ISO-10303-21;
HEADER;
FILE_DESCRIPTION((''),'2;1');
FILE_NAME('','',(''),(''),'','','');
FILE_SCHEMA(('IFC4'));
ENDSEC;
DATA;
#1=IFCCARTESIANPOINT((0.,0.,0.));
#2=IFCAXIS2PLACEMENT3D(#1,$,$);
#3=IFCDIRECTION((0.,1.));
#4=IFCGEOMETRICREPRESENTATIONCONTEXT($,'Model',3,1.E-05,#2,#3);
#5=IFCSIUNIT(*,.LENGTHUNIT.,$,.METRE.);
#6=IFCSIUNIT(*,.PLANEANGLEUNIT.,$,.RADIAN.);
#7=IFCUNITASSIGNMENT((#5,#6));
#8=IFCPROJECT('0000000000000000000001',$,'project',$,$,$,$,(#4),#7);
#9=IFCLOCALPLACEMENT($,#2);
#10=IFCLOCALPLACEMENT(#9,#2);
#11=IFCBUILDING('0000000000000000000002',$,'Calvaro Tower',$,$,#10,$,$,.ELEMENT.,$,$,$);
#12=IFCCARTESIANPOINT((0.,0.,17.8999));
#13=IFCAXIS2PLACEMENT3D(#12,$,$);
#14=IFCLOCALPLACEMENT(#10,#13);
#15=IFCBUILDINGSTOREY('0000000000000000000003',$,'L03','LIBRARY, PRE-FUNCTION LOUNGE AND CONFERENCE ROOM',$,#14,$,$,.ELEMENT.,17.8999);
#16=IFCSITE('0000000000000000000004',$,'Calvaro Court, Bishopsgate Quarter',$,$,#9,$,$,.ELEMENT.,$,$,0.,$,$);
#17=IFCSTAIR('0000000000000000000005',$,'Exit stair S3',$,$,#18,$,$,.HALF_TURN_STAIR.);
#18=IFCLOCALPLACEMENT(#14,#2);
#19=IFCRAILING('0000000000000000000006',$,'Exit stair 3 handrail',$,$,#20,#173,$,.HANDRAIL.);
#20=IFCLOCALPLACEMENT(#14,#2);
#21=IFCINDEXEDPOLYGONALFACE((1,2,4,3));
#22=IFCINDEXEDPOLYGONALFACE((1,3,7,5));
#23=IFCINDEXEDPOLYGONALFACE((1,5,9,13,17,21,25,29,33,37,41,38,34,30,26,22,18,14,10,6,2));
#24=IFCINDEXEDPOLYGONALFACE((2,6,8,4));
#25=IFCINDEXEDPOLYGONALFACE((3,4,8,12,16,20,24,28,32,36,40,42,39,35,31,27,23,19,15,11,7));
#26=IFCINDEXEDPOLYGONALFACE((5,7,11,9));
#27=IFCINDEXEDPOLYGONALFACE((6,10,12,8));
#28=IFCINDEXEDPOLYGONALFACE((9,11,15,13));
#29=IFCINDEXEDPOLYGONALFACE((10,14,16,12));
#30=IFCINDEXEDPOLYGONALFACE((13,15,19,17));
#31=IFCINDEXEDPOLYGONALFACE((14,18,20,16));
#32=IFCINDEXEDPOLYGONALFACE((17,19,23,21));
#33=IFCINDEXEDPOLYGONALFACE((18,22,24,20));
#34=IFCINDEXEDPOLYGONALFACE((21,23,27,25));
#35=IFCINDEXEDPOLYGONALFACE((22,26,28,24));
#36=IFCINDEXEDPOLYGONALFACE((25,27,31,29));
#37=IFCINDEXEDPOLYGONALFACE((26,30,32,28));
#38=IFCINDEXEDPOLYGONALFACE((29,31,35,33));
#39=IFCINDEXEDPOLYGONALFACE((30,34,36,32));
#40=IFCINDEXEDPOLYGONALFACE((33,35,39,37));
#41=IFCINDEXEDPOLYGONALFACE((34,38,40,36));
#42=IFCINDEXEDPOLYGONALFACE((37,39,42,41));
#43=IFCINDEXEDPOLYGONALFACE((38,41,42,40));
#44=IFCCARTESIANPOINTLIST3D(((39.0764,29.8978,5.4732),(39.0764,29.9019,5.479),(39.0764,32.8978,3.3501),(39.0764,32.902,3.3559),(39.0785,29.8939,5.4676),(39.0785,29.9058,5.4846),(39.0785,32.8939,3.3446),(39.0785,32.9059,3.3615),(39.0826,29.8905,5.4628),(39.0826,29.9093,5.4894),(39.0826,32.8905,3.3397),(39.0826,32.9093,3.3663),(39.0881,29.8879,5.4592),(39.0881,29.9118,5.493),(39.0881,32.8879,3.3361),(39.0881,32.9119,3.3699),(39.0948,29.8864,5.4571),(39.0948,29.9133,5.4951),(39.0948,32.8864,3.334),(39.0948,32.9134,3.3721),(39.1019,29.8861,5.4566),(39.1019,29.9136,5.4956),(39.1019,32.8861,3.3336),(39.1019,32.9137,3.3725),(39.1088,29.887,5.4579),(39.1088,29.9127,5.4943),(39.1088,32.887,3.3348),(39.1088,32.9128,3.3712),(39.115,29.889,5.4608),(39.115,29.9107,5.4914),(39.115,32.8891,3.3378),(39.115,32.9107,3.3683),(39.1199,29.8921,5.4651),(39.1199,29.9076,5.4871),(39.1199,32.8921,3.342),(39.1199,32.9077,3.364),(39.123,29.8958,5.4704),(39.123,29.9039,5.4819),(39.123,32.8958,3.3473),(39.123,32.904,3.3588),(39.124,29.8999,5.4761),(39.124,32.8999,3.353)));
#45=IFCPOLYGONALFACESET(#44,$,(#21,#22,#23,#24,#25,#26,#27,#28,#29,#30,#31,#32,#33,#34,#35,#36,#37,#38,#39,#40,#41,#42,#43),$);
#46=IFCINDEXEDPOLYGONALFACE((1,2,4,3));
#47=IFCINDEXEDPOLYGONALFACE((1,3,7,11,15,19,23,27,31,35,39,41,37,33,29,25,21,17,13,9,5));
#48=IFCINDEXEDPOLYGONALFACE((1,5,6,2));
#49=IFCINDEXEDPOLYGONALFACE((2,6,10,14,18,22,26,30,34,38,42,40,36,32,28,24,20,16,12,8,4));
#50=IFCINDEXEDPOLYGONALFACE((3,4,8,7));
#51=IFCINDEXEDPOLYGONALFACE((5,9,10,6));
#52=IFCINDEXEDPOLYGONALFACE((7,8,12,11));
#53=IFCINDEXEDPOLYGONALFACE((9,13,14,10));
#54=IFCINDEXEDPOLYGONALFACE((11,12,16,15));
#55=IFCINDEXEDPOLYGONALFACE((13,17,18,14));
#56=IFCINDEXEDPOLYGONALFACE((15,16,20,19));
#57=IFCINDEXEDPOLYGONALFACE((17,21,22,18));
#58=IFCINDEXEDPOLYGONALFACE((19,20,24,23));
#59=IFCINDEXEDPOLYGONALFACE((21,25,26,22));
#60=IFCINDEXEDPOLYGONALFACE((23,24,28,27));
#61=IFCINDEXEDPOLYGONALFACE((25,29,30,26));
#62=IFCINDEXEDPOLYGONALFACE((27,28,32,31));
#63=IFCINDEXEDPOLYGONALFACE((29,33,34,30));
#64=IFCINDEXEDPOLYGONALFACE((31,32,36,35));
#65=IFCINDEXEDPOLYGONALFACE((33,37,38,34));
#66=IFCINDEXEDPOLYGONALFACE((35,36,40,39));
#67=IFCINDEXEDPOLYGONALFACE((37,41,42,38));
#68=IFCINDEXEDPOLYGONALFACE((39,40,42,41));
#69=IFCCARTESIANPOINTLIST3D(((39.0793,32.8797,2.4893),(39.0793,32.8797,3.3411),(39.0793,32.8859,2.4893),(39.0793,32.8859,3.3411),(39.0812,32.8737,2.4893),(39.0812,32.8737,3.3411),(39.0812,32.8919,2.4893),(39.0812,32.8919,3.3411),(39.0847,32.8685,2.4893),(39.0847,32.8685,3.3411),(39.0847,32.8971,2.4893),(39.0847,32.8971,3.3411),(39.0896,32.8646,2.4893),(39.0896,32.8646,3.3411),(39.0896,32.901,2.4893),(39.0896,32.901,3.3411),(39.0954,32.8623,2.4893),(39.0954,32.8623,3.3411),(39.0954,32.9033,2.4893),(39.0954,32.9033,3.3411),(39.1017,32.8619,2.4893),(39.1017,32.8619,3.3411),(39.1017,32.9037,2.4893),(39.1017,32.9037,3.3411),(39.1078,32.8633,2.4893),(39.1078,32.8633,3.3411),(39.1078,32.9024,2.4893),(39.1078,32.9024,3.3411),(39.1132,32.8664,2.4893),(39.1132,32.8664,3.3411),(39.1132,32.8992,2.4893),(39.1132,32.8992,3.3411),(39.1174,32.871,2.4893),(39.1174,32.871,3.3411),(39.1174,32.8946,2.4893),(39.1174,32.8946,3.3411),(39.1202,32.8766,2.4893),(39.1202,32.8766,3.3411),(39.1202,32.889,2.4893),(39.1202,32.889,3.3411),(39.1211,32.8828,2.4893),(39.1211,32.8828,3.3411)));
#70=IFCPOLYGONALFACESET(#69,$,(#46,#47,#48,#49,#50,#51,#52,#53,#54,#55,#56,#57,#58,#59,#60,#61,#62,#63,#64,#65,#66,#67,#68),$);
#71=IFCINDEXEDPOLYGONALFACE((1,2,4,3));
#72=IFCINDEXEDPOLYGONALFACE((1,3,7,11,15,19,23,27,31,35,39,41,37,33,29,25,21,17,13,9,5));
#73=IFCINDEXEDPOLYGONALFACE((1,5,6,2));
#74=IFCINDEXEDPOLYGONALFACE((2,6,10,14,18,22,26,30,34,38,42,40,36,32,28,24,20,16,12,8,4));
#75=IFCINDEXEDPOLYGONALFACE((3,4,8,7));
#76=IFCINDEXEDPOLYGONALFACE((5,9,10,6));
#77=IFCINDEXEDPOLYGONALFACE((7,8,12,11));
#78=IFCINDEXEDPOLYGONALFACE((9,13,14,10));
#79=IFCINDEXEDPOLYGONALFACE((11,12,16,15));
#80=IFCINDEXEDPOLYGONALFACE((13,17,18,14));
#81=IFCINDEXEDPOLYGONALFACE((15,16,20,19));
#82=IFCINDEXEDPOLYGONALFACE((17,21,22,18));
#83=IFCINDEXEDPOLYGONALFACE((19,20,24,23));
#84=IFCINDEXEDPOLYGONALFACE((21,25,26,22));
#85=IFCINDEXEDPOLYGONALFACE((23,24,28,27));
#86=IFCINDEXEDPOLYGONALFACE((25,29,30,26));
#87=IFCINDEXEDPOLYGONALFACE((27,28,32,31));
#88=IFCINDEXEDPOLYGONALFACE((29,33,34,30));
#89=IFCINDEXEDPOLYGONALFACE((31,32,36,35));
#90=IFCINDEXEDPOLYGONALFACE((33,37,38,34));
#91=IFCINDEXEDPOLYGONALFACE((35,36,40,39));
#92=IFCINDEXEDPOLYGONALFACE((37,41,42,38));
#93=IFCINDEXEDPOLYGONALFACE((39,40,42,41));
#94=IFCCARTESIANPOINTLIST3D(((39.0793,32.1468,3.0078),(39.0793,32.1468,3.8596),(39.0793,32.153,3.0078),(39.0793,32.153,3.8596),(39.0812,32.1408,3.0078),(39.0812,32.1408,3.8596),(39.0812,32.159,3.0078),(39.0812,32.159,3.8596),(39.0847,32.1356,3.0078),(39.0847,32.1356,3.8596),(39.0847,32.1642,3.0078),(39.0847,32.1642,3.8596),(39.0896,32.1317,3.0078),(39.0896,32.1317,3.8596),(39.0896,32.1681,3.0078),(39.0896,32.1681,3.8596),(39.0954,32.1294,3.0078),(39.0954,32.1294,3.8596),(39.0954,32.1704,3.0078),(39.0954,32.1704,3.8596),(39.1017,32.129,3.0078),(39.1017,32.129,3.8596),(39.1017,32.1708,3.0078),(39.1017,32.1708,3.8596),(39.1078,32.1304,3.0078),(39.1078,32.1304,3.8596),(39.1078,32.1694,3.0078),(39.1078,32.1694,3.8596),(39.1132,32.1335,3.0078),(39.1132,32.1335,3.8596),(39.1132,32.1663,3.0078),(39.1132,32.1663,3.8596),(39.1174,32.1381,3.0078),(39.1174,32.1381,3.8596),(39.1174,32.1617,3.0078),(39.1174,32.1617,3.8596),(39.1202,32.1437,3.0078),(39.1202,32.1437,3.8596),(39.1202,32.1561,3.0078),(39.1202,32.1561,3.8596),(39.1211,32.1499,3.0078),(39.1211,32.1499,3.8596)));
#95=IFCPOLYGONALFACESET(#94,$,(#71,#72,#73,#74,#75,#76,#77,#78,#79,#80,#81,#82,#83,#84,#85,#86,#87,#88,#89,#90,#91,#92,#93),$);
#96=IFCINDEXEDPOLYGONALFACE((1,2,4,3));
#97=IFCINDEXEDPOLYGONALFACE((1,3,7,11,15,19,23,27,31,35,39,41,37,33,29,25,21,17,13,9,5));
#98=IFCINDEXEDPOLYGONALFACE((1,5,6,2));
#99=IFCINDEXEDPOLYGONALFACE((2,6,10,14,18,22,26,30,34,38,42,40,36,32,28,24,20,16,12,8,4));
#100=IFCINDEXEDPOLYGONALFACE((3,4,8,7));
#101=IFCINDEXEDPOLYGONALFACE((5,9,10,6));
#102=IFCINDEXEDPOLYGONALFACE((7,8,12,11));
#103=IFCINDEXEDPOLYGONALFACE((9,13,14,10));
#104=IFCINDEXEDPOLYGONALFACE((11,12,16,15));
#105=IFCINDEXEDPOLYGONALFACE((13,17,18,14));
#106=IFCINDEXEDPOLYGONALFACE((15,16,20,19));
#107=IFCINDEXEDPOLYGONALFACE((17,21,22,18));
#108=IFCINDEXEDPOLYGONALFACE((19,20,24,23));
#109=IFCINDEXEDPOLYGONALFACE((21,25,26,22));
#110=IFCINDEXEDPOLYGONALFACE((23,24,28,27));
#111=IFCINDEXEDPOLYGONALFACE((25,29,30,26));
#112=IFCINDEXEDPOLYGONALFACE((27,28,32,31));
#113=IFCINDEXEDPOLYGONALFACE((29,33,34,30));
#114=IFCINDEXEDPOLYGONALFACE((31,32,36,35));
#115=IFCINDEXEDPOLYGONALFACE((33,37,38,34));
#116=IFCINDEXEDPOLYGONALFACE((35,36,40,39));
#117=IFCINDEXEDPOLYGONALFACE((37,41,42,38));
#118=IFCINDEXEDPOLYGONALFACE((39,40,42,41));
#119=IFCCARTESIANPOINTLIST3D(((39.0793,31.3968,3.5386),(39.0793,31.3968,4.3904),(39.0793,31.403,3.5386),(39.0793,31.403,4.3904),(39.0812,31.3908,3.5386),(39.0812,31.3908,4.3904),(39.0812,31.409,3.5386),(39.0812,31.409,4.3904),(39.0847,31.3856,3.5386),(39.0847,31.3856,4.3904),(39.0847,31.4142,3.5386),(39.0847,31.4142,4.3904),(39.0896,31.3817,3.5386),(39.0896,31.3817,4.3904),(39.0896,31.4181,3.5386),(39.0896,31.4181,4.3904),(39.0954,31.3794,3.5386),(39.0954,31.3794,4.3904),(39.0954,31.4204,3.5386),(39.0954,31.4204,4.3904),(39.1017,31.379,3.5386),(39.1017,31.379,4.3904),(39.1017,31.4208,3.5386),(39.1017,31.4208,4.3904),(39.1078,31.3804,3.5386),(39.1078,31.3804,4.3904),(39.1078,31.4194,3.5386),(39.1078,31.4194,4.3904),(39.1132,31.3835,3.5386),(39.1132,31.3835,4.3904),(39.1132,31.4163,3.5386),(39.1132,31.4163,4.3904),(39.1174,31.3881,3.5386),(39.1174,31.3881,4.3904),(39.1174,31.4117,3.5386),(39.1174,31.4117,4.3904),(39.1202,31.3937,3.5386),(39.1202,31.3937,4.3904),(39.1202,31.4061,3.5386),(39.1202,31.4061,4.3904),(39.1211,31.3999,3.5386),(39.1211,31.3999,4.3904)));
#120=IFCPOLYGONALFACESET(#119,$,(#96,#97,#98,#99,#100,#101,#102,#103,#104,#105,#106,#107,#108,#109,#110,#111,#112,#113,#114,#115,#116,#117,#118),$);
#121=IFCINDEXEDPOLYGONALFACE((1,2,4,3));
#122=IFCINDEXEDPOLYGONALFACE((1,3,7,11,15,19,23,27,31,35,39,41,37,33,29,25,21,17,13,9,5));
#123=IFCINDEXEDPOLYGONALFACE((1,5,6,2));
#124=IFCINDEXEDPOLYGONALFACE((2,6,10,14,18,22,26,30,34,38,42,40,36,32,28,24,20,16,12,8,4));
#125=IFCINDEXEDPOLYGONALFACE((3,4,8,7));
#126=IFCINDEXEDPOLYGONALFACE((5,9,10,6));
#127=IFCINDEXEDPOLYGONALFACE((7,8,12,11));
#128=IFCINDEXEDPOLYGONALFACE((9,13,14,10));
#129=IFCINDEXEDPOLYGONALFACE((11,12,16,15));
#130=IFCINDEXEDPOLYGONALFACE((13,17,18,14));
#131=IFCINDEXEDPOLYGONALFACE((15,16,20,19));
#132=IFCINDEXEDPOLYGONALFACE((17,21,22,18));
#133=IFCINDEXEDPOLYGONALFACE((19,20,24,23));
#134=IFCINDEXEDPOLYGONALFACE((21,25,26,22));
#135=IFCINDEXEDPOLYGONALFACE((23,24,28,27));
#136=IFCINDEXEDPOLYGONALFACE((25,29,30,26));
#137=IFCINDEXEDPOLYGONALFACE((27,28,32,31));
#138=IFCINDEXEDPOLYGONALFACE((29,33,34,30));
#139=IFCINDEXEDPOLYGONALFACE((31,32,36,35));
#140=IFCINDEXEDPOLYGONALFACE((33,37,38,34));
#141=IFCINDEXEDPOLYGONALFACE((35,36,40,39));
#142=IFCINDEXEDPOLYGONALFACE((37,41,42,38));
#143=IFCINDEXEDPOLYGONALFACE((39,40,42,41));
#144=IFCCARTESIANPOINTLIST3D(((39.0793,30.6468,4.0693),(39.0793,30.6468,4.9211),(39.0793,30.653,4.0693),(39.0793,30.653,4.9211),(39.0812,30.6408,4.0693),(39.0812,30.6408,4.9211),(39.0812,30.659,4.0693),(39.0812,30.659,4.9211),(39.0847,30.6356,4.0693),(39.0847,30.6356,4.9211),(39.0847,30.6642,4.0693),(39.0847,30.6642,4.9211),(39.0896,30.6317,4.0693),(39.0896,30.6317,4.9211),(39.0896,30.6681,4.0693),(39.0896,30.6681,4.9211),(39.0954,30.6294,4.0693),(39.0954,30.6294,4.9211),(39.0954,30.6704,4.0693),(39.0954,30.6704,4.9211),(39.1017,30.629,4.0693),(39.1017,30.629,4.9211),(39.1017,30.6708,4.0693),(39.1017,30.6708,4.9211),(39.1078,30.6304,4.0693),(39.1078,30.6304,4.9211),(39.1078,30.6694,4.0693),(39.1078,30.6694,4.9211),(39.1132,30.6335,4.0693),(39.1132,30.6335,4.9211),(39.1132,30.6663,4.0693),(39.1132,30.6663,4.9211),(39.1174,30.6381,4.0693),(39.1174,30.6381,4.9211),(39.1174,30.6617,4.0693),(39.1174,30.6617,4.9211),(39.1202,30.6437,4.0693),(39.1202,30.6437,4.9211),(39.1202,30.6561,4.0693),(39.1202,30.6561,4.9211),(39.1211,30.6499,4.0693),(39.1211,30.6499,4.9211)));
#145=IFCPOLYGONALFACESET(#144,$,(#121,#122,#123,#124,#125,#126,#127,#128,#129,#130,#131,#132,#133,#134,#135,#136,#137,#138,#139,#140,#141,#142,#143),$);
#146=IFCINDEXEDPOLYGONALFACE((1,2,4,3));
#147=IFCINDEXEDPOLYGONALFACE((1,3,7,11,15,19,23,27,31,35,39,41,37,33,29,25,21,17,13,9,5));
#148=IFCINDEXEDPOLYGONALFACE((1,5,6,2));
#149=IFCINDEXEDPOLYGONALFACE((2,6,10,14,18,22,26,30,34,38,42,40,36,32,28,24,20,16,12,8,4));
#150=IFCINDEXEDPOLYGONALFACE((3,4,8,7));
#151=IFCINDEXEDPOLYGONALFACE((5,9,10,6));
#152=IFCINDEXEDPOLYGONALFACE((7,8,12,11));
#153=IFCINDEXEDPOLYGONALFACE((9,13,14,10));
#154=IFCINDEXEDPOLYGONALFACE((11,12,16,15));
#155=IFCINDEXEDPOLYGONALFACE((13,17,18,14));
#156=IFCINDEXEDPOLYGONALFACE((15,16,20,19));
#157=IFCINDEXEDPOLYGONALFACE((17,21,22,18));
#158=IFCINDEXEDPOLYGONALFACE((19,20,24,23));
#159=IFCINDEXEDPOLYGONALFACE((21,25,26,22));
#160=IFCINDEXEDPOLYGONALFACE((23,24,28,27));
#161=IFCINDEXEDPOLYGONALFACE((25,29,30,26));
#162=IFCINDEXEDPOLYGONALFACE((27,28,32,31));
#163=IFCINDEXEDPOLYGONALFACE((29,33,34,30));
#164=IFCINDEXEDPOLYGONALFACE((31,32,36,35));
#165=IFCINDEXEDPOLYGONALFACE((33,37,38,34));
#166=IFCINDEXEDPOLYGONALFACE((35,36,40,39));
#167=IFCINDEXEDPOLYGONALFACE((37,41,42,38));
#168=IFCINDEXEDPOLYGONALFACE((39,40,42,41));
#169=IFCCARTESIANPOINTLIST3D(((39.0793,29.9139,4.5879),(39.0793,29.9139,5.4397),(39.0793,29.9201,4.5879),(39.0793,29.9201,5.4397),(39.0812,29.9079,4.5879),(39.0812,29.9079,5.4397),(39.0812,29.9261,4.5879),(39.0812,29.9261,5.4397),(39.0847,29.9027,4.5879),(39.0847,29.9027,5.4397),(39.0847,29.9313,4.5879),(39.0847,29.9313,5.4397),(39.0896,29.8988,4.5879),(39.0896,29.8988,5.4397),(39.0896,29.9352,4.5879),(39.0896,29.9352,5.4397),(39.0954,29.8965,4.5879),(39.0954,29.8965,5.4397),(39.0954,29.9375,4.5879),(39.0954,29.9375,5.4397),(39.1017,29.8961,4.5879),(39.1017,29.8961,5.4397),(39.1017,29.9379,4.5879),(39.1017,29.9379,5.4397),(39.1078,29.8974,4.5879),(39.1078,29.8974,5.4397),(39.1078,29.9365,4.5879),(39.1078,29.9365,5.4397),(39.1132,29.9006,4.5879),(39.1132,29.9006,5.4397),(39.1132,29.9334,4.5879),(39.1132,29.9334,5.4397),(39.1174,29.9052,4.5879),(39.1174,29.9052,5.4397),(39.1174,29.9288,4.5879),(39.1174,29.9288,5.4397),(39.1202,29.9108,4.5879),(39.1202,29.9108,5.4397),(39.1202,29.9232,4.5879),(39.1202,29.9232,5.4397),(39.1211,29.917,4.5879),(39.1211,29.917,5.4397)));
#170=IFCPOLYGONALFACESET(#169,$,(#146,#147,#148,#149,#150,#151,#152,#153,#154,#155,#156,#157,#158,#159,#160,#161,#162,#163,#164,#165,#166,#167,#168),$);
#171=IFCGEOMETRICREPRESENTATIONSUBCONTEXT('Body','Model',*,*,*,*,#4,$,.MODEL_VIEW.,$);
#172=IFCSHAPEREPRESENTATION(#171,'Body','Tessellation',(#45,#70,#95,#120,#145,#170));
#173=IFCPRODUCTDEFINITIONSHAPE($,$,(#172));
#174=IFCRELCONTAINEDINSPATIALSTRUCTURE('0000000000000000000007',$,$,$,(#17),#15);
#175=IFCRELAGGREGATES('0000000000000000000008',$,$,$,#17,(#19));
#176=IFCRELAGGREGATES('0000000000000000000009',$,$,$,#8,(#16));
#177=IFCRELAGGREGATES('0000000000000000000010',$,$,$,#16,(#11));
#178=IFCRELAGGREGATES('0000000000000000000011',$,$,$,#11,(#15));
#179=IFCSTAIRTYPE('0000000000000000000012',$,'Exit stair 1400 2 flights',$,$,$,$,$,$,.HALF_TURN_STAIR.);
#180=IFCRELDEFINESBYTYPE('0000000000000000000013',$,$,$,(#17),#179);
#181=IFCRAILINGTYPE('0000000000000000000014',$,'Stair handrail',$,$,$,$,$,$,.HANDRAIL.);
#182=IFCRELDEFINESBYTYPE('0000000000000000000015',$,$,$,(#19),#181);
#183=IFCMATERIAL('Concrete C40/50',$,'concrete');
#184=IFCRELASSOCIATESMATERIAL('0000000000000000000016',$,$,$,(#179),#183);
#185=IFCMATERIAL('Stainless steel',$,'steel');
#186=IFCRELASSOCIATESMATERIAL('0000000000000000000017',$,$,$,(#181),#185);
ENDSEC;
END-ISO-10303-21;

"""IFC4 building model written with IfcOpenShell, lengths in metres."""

from ifc_helpers import new_model, si_unit, direction, frame, origin, origin_2d, place, context, subcontext, project, spatial, circle, extrude, material, type_object, element, aggregate, save


model = new_model("IFC4")

# Units and contexts
model_context = context("Model", 3, precision=1e-05, world=origin(), true_north=direction((0.0, 1.0)))
body_context = subcontext(model_context, "Body", "Model", "MODEL_VIEW")
ifc_project = project(units=[si_unit("LENGTHUNIT", "METRE"), si_unit("PLANEANGLEUNIT", "RADIAN")], contexts=[model_context])

# Site, building, storey
site_placement = place(None, origin())
site = spatial("IfcSite", under=ifc_project, at=site_placement, Name="Calvaro Court, Bishopsgate Quarter", CompositionType="ELEMENT", RefElevation=0.0)
building_placement = place(site_placement, origin())
building = spatial("IfcBuilding", under=site, at=building_placement, Name="Calvaro Tower", CompositionType="ELEMENT")
storey_placement = place(building_placement, frame((0.0, 0.0, 17.8999)))
storey = spatial("IfcBuildingStorey", under=building, at=storey_placement, Name="L03", Description="LIBRARY, PRE-FUNCTION LOUNGE AND CONFERENCE ROOM", CompositionType="ELEMENT", Elevation=17.8999)

# Stair, railing
ifc_material_1 = material(Name="Concrete C40/50", Category="concrete")
stair_type = type_object("IfcStairType", Name="Exit stair 1400 2 flights", PredefinedType="HALF_TURN_STAIR", material=ifc_material_1)
stair_placement = place(storey_placement, origin())
stair = element("IfcStair", 1, at=stair_placement, inside=storey, type_object=stair_type, Name="Exit stair S3", PredefinedType="HALF_TURN_STAIR")
ifc_material_2 = material(Name="Stainless steel", Category="steel")
railing_type = type_object("IfcRailingType", Name="Stair handrail", PredefinedType="HANDRAIL", material=ifc_material_2)
railing_1_placement = place(storey_placement, frame((39.1001, 32.8999, 2.4771)))
railing_1 = element("IfcRailing", 2, at=railing_1_placement, type_object=railing_type, Name="Exit stair 3 handrail", PredefinedType="HANDRAIL", context=body_context, shape_type="SweptSolid", body=[
    extrude(circle(Radius=0.0239, at=origin_2d()), frame((0.0, 0.0, 0.876), z_axis=(0.0, -0.816275, 0.577663), x_axis=(1.0, 0.0, 0.0)), (0.0, 0.0, 1.0), 3.6753),
    extrude(circle(Radius=0.021, at=origin_2d()), frame((0.0, -0.0171, 0.0122)), (0.0, 0.0, 1.0), 0.8518),
    extrude(circle(Radius=0.021, at=origin_2d()), frame((0.0, -0.75, 0.5308)), (0.0, 0.0, 1.0), 0.8518),
    extrude(circle(Radius=0.021, at=origin_2d()), frame((0.0, -1.5, 1.0615)), (0.0, 0.0, 1.0), 0.8518),
    extrude(circle(Radius=0.021, at=origin_2d()), frame((0.0, -2.25, 1.5923)), (0.0, 0.0, 1.0), 0.8518),
    extrude(circle(Radius=0.021, at=origin_2d()), frame((0.0, -2.9829, 2.1108)), (0.0, 0.0, 1.0), 0.8518),
])
aggregate(stair, [railing_1])

save(model, "model.ifc")
